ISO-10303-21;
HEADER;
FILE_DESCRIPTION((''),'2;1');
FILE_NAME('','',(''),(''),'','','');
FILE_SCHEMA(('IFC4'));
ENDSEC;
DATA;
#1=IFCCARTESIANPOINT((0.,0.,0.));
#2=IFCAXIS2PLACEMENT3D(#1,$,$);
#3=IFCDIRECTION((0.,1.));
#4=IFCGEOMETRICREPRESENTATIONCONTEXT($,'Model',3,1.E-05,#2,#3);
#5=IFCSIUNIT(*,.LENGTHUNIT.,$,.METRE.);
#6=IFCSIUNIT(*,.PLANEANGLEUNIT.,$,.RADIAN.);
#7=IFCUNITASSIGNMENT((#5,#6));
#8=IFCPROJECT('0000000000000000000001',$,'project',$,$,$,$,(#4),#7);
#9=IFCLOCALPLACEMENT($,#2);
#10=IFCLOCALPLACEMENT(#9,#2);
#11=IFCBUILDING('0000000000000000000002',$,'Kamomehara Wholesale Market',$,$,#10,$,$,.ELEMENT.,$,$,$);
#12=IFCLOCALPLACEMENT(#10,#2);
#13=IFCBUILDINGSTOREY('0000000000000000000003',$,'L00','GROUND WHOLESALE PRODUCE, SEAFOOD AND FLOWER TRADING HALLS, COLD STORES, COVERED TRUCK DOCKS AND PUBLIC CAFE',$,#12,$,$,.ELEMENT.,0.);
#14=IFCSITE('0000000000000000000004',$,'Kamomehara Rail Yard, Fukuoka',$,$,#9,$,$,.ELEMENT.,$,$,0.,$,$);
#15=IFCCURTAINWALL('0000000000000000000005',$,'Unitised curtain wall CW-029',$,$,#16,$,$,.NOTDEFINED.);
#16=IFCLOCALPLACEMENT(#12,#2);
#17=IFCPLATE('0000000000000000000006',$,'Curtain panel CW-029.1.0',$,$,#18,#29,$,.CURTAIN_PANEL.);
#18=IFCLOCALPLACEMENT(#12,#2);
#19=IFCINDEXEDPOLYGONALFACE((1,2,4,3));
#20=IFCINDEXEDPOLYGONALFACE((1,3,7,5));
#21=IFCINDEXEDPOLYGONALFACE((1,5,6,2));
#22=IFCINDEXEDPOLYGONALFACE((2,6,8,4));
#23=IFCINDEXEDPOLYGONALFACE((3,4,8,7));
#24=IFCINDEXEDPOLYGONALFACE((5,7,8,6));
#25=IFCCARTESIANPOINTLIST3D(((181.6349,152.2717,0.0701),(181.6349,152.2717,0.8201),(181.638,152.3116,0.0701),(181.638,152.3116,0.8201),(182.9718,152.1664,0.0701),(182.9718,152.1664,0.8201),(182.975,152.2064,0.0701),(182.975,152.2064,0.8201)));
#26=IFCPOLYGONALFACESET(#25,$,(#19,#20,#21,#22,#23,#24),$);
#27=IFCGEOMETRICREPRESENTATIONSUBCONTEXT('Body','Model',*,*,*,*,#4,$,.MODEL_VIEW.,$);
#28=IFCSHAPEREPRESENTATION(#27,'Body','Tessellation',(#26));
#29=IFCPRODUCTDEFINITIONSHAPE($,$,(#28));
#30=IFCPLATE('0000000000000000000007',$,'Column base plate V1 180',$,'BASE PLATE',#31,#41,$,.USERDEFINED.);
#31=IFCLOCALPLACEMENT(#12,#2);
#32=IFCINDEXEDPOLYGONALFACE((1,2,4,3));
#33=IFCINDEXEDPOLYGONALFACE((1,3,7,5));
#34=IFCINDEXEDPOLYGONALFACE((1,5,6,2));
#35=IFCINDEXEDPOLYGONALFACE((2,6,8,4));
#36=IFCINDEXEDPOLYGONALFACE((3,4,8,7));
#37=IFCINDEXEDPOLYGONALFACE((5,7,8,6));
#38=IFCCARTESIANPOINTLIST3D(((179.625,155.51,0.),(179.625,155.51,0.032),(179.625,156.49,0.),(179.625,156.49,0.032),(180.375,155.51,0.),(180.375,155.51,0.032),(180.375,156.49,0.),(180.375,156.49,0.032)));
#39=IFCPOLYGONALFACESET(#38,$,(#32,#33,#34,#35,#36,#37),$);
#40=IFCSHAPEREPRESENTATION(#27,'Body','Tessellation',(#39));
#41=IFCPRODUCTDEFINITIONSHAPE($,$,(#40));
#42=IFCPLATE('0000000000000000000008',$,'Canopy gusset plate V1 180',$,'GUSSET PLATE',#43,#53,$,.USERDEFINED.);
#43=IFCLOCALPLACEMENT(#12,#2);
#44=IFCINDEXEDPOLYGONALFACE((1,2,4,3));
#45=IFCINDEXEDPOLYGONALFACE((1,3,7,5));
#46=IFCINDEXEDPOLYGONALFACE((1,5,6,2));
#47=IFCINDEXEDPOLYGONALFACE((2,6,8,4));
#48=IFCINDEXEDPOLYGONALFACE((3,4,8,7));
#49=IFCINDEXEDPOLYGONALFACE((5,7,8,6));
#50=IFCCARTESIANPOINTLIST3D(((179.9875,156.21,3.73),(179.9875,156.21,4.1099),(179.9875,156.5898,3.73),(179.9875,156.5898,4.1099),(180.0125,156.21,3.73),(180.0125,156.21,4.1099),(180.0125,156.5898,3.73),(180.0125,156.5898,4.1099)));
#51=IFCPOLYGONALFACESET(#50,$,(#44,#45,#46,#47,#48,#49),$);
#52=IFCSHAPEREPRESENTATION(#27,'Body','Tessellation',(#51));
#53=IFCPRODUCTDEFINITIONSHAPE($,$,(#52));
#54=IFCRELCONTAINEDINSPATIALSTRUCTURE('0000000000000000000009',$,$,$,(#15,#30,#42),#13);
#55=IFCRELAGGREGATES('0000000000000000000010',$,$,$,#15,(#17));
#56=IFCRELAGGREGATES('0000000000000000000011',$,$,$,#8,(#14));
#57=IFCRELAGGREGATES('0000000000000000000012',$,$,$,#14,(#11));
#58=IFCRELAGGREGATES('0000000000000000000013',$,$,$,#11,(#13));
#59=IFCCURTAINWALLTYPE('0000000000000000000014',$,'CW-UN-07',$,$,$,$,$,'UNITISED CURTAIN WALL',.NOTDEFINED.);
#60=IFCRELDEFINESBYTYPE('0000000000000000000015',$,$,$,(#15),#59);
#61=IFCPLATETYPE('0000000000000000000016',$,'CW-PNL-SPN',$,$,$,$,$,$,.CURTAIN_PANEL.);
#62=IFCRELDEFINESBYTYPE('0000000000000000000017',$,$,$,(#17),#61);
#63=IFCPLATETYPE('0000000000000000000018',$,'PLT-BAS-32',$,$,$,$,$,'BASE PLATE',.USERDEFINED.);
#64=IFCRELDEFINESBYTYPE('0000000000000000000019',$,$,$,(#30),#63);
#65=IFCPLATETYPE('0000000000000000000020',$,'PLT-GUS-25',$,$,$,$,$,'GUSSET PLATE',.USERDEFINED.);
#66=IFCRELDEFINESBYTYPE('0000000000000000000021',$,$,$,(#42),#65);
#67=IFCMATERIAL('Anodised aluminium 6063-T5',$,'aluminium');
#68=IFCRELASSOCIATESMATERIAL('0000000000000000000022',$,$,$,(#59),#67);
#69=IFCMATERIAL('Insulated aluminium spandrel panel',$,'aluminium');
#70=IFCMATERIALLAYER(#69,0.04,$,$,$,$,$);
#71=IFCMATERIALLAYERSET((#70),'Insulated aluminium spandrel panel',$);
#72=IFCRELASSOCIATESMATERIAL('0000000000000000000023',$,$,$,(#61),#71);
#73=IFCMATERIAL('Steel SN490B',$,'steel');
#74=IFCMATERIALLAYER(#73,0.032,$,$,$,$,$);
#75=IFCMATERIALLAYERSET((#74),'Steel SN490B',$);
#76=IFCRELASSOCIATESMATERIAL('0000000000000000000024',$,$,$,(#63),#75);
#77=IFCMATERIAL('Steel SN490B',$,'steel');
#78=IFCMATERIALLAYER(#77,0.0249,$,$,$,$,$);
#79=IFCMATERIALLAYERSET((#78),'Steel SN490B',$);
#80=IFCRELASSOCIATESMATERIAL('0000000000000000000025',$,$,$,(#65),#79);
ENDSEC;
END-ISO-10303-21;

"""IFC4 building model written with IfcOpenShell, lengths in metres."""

from ifc_helpers import new_model, si_unit, direction, frame, origin, origin_2d, place, context, subcontext, project, spatial, rectangle, extrude, material, layer, layer_set, type_object, element, aggregate, save


model = new_model("IFC4")

# Units and contexts
model_context = context("Model", 3, precision=1e-05, world=origin(), true_north=direction((0.0, 1.0)))
body_context = subcontext(model_context, "Body", "Model", "MODEL_VIEW")
ifc_project = project(units=[si_unit("LENGTHUNIT", "METRE"), si_unit("PLANEANGLEUNIT", "RADIAN")], contexts=[model_context])

# Site, building, storey
site_placement = place(None, origin())
site = spatial("IfcSite", under=ifc_project, at=site_placement, Name="Kamomehara Rail Yard, Fukuoka", CompositionType="ELEMENT", RefElevation=0.0)
building_placement = place(site_placement, origin())
building = spatial("IfcBuilding", under=site, at=building_placement, Name="Kamomehara Wholesale Market", CompositionType="ELEMENT")
storey_placement = place(building_placement, origin())
storey = spatial("IfcBuildingStorey", under=building, at=storey_placement, Name="L00", Description="GROUND WHOLESALE PRODUCE, SEAFOOD AND FLOWER TRADING HALLS, COLD STORES, COVERED TRUCK DOCKS AND PUBLIC CAFE", CompositionType="ELEMENT", Elevation=0.0)

# Curtain wall
ifc_material_1 = material(Name="Anodised aluminium 6063-T5", Category="aluminium")
curtain_wall_type = type_object("IfcCurtainWallType", Name="CW-UN-07", ElementType="UNITISED CURTAIN WALL", PredefinedType="NOTDEFINED", material=ifc_material_1)
curtain_wall_1_placement = place(storey_placement, origin())
curtain_wall_1 = element("IfcCurtainWall", 1, at=curtain_wall_1_placement, inside=storey, type_object=curtain_wall_type, Name="Unitised curtain wall CW-029", PredefinedType="NOTDEFINED")

# Plate
ifc_material_2 = material(Name="Insulated aluminium spandrel panel", Category="aluminium")
ifc_layer_1 = layer(ifc_material_2, 0.04)
ifc_layer_set_1 = layer_set([ifc_layer_1], Name="Insulated aluminium spandrel panel")
plate_type_1 = type_object("IfcPlateType", Name="CW-PNL-SPN", PredefinedType="CURTAIN_PANEL", material=ifc_layer_set_1)
plate_1_placement = place(storey_placement, frame((182.3049, 152.239, 0.0701), z_axis=(0.0, 0.0, 1.0), x_axis=(0.996916, -0.078476, 0.0)))
plate_1 = element("IfcPlate", 2, at=plate_1_placement, type_object=plate_type_1, Name="Curtain panel CW-029.1.0", PredefinedType="CURTAIN_PANEL", context=body_context, shape_type="SweptSolid", body=[
    extrude(rectangle(XDim=1.3411, YDim=0.04, at=origin_2d()), origin(), (0.0, 0.0, 1.0), 0.75),
])
aggregate(curtain_wall_1, [plate_1])

# Plates
ifc_material_3 = material(Name="Steel SN490B", Category="steel")
ifc_layer_2 = layer(ifc_material_3, 0.032)
ifc_layer_set_2 = layer_set([ifc_layer_2], Name="Steel SN490B")
plate_type_2 = type_object("IfcPlateType", Name="PLT-BAS-32", ElementType="BASE PLATE", PredefinedType="USERDEFINED", material=ifc_layer_set_2)
plate_2_placement = place(storey_placement, frame((180.0, 156.0, 0.0), z_axis=(0.0, 0.0, 1.0), x_axis=(1.0, 0.0, 0.0)))
element("IfcPlate", 3, at=plate_2_placement, inside=storey, type_object=plate_type_2, Name="Column base plate V1 180", ObjectType="BASE PLATE", PredefinedType="USERDEFINED", context=body_context, shape_type="SweptSolid", body=[
    extrude(rectangle(XDim=0.75, YDim=0.98, at=origin_2d()), origin(), (0.0, 0.0, 1.0), 0.032),
])
ifc_material_4 = material(Name="Steel SN490B", Category="steel")
ifc_layer_3 = layer(ifc_material_4, 0.0249)
ifc_layer_set_3 = layer_set([ifc_layer_3], Name="Steel SN490B")
plate_type_3 = type_object("IfcPlateType", Name="PLT-GUS-25", ElementType="GUSSET PLATE", PredefinedType="USERDEFINED", material=ifc_layer_set_3)
plate_3_placement = place(storey_placement, frame((180.0, 156.3999, 3.73), z_axis=(0.0, 0.0, 1.0), x_axis=(1.0, 0.0, 0.0)))
element("IfcPlate", 4, at=plate_3_placement, inside=storey, type_object=plate_type_3, Name="Canopy gusset plate V1 180", ObjectType="GUSSET PLATE", PredefinedType="USERDEFINED", context=body_context, shape_type="SweptSolid", body=[
    extrude(rectangle(XDim=0.0249, YDim=0.3799, at=origin_2d()), origin(), (0.0, 0.0, 1.0), 0.3799),
])

save(model, "model.ifc")
